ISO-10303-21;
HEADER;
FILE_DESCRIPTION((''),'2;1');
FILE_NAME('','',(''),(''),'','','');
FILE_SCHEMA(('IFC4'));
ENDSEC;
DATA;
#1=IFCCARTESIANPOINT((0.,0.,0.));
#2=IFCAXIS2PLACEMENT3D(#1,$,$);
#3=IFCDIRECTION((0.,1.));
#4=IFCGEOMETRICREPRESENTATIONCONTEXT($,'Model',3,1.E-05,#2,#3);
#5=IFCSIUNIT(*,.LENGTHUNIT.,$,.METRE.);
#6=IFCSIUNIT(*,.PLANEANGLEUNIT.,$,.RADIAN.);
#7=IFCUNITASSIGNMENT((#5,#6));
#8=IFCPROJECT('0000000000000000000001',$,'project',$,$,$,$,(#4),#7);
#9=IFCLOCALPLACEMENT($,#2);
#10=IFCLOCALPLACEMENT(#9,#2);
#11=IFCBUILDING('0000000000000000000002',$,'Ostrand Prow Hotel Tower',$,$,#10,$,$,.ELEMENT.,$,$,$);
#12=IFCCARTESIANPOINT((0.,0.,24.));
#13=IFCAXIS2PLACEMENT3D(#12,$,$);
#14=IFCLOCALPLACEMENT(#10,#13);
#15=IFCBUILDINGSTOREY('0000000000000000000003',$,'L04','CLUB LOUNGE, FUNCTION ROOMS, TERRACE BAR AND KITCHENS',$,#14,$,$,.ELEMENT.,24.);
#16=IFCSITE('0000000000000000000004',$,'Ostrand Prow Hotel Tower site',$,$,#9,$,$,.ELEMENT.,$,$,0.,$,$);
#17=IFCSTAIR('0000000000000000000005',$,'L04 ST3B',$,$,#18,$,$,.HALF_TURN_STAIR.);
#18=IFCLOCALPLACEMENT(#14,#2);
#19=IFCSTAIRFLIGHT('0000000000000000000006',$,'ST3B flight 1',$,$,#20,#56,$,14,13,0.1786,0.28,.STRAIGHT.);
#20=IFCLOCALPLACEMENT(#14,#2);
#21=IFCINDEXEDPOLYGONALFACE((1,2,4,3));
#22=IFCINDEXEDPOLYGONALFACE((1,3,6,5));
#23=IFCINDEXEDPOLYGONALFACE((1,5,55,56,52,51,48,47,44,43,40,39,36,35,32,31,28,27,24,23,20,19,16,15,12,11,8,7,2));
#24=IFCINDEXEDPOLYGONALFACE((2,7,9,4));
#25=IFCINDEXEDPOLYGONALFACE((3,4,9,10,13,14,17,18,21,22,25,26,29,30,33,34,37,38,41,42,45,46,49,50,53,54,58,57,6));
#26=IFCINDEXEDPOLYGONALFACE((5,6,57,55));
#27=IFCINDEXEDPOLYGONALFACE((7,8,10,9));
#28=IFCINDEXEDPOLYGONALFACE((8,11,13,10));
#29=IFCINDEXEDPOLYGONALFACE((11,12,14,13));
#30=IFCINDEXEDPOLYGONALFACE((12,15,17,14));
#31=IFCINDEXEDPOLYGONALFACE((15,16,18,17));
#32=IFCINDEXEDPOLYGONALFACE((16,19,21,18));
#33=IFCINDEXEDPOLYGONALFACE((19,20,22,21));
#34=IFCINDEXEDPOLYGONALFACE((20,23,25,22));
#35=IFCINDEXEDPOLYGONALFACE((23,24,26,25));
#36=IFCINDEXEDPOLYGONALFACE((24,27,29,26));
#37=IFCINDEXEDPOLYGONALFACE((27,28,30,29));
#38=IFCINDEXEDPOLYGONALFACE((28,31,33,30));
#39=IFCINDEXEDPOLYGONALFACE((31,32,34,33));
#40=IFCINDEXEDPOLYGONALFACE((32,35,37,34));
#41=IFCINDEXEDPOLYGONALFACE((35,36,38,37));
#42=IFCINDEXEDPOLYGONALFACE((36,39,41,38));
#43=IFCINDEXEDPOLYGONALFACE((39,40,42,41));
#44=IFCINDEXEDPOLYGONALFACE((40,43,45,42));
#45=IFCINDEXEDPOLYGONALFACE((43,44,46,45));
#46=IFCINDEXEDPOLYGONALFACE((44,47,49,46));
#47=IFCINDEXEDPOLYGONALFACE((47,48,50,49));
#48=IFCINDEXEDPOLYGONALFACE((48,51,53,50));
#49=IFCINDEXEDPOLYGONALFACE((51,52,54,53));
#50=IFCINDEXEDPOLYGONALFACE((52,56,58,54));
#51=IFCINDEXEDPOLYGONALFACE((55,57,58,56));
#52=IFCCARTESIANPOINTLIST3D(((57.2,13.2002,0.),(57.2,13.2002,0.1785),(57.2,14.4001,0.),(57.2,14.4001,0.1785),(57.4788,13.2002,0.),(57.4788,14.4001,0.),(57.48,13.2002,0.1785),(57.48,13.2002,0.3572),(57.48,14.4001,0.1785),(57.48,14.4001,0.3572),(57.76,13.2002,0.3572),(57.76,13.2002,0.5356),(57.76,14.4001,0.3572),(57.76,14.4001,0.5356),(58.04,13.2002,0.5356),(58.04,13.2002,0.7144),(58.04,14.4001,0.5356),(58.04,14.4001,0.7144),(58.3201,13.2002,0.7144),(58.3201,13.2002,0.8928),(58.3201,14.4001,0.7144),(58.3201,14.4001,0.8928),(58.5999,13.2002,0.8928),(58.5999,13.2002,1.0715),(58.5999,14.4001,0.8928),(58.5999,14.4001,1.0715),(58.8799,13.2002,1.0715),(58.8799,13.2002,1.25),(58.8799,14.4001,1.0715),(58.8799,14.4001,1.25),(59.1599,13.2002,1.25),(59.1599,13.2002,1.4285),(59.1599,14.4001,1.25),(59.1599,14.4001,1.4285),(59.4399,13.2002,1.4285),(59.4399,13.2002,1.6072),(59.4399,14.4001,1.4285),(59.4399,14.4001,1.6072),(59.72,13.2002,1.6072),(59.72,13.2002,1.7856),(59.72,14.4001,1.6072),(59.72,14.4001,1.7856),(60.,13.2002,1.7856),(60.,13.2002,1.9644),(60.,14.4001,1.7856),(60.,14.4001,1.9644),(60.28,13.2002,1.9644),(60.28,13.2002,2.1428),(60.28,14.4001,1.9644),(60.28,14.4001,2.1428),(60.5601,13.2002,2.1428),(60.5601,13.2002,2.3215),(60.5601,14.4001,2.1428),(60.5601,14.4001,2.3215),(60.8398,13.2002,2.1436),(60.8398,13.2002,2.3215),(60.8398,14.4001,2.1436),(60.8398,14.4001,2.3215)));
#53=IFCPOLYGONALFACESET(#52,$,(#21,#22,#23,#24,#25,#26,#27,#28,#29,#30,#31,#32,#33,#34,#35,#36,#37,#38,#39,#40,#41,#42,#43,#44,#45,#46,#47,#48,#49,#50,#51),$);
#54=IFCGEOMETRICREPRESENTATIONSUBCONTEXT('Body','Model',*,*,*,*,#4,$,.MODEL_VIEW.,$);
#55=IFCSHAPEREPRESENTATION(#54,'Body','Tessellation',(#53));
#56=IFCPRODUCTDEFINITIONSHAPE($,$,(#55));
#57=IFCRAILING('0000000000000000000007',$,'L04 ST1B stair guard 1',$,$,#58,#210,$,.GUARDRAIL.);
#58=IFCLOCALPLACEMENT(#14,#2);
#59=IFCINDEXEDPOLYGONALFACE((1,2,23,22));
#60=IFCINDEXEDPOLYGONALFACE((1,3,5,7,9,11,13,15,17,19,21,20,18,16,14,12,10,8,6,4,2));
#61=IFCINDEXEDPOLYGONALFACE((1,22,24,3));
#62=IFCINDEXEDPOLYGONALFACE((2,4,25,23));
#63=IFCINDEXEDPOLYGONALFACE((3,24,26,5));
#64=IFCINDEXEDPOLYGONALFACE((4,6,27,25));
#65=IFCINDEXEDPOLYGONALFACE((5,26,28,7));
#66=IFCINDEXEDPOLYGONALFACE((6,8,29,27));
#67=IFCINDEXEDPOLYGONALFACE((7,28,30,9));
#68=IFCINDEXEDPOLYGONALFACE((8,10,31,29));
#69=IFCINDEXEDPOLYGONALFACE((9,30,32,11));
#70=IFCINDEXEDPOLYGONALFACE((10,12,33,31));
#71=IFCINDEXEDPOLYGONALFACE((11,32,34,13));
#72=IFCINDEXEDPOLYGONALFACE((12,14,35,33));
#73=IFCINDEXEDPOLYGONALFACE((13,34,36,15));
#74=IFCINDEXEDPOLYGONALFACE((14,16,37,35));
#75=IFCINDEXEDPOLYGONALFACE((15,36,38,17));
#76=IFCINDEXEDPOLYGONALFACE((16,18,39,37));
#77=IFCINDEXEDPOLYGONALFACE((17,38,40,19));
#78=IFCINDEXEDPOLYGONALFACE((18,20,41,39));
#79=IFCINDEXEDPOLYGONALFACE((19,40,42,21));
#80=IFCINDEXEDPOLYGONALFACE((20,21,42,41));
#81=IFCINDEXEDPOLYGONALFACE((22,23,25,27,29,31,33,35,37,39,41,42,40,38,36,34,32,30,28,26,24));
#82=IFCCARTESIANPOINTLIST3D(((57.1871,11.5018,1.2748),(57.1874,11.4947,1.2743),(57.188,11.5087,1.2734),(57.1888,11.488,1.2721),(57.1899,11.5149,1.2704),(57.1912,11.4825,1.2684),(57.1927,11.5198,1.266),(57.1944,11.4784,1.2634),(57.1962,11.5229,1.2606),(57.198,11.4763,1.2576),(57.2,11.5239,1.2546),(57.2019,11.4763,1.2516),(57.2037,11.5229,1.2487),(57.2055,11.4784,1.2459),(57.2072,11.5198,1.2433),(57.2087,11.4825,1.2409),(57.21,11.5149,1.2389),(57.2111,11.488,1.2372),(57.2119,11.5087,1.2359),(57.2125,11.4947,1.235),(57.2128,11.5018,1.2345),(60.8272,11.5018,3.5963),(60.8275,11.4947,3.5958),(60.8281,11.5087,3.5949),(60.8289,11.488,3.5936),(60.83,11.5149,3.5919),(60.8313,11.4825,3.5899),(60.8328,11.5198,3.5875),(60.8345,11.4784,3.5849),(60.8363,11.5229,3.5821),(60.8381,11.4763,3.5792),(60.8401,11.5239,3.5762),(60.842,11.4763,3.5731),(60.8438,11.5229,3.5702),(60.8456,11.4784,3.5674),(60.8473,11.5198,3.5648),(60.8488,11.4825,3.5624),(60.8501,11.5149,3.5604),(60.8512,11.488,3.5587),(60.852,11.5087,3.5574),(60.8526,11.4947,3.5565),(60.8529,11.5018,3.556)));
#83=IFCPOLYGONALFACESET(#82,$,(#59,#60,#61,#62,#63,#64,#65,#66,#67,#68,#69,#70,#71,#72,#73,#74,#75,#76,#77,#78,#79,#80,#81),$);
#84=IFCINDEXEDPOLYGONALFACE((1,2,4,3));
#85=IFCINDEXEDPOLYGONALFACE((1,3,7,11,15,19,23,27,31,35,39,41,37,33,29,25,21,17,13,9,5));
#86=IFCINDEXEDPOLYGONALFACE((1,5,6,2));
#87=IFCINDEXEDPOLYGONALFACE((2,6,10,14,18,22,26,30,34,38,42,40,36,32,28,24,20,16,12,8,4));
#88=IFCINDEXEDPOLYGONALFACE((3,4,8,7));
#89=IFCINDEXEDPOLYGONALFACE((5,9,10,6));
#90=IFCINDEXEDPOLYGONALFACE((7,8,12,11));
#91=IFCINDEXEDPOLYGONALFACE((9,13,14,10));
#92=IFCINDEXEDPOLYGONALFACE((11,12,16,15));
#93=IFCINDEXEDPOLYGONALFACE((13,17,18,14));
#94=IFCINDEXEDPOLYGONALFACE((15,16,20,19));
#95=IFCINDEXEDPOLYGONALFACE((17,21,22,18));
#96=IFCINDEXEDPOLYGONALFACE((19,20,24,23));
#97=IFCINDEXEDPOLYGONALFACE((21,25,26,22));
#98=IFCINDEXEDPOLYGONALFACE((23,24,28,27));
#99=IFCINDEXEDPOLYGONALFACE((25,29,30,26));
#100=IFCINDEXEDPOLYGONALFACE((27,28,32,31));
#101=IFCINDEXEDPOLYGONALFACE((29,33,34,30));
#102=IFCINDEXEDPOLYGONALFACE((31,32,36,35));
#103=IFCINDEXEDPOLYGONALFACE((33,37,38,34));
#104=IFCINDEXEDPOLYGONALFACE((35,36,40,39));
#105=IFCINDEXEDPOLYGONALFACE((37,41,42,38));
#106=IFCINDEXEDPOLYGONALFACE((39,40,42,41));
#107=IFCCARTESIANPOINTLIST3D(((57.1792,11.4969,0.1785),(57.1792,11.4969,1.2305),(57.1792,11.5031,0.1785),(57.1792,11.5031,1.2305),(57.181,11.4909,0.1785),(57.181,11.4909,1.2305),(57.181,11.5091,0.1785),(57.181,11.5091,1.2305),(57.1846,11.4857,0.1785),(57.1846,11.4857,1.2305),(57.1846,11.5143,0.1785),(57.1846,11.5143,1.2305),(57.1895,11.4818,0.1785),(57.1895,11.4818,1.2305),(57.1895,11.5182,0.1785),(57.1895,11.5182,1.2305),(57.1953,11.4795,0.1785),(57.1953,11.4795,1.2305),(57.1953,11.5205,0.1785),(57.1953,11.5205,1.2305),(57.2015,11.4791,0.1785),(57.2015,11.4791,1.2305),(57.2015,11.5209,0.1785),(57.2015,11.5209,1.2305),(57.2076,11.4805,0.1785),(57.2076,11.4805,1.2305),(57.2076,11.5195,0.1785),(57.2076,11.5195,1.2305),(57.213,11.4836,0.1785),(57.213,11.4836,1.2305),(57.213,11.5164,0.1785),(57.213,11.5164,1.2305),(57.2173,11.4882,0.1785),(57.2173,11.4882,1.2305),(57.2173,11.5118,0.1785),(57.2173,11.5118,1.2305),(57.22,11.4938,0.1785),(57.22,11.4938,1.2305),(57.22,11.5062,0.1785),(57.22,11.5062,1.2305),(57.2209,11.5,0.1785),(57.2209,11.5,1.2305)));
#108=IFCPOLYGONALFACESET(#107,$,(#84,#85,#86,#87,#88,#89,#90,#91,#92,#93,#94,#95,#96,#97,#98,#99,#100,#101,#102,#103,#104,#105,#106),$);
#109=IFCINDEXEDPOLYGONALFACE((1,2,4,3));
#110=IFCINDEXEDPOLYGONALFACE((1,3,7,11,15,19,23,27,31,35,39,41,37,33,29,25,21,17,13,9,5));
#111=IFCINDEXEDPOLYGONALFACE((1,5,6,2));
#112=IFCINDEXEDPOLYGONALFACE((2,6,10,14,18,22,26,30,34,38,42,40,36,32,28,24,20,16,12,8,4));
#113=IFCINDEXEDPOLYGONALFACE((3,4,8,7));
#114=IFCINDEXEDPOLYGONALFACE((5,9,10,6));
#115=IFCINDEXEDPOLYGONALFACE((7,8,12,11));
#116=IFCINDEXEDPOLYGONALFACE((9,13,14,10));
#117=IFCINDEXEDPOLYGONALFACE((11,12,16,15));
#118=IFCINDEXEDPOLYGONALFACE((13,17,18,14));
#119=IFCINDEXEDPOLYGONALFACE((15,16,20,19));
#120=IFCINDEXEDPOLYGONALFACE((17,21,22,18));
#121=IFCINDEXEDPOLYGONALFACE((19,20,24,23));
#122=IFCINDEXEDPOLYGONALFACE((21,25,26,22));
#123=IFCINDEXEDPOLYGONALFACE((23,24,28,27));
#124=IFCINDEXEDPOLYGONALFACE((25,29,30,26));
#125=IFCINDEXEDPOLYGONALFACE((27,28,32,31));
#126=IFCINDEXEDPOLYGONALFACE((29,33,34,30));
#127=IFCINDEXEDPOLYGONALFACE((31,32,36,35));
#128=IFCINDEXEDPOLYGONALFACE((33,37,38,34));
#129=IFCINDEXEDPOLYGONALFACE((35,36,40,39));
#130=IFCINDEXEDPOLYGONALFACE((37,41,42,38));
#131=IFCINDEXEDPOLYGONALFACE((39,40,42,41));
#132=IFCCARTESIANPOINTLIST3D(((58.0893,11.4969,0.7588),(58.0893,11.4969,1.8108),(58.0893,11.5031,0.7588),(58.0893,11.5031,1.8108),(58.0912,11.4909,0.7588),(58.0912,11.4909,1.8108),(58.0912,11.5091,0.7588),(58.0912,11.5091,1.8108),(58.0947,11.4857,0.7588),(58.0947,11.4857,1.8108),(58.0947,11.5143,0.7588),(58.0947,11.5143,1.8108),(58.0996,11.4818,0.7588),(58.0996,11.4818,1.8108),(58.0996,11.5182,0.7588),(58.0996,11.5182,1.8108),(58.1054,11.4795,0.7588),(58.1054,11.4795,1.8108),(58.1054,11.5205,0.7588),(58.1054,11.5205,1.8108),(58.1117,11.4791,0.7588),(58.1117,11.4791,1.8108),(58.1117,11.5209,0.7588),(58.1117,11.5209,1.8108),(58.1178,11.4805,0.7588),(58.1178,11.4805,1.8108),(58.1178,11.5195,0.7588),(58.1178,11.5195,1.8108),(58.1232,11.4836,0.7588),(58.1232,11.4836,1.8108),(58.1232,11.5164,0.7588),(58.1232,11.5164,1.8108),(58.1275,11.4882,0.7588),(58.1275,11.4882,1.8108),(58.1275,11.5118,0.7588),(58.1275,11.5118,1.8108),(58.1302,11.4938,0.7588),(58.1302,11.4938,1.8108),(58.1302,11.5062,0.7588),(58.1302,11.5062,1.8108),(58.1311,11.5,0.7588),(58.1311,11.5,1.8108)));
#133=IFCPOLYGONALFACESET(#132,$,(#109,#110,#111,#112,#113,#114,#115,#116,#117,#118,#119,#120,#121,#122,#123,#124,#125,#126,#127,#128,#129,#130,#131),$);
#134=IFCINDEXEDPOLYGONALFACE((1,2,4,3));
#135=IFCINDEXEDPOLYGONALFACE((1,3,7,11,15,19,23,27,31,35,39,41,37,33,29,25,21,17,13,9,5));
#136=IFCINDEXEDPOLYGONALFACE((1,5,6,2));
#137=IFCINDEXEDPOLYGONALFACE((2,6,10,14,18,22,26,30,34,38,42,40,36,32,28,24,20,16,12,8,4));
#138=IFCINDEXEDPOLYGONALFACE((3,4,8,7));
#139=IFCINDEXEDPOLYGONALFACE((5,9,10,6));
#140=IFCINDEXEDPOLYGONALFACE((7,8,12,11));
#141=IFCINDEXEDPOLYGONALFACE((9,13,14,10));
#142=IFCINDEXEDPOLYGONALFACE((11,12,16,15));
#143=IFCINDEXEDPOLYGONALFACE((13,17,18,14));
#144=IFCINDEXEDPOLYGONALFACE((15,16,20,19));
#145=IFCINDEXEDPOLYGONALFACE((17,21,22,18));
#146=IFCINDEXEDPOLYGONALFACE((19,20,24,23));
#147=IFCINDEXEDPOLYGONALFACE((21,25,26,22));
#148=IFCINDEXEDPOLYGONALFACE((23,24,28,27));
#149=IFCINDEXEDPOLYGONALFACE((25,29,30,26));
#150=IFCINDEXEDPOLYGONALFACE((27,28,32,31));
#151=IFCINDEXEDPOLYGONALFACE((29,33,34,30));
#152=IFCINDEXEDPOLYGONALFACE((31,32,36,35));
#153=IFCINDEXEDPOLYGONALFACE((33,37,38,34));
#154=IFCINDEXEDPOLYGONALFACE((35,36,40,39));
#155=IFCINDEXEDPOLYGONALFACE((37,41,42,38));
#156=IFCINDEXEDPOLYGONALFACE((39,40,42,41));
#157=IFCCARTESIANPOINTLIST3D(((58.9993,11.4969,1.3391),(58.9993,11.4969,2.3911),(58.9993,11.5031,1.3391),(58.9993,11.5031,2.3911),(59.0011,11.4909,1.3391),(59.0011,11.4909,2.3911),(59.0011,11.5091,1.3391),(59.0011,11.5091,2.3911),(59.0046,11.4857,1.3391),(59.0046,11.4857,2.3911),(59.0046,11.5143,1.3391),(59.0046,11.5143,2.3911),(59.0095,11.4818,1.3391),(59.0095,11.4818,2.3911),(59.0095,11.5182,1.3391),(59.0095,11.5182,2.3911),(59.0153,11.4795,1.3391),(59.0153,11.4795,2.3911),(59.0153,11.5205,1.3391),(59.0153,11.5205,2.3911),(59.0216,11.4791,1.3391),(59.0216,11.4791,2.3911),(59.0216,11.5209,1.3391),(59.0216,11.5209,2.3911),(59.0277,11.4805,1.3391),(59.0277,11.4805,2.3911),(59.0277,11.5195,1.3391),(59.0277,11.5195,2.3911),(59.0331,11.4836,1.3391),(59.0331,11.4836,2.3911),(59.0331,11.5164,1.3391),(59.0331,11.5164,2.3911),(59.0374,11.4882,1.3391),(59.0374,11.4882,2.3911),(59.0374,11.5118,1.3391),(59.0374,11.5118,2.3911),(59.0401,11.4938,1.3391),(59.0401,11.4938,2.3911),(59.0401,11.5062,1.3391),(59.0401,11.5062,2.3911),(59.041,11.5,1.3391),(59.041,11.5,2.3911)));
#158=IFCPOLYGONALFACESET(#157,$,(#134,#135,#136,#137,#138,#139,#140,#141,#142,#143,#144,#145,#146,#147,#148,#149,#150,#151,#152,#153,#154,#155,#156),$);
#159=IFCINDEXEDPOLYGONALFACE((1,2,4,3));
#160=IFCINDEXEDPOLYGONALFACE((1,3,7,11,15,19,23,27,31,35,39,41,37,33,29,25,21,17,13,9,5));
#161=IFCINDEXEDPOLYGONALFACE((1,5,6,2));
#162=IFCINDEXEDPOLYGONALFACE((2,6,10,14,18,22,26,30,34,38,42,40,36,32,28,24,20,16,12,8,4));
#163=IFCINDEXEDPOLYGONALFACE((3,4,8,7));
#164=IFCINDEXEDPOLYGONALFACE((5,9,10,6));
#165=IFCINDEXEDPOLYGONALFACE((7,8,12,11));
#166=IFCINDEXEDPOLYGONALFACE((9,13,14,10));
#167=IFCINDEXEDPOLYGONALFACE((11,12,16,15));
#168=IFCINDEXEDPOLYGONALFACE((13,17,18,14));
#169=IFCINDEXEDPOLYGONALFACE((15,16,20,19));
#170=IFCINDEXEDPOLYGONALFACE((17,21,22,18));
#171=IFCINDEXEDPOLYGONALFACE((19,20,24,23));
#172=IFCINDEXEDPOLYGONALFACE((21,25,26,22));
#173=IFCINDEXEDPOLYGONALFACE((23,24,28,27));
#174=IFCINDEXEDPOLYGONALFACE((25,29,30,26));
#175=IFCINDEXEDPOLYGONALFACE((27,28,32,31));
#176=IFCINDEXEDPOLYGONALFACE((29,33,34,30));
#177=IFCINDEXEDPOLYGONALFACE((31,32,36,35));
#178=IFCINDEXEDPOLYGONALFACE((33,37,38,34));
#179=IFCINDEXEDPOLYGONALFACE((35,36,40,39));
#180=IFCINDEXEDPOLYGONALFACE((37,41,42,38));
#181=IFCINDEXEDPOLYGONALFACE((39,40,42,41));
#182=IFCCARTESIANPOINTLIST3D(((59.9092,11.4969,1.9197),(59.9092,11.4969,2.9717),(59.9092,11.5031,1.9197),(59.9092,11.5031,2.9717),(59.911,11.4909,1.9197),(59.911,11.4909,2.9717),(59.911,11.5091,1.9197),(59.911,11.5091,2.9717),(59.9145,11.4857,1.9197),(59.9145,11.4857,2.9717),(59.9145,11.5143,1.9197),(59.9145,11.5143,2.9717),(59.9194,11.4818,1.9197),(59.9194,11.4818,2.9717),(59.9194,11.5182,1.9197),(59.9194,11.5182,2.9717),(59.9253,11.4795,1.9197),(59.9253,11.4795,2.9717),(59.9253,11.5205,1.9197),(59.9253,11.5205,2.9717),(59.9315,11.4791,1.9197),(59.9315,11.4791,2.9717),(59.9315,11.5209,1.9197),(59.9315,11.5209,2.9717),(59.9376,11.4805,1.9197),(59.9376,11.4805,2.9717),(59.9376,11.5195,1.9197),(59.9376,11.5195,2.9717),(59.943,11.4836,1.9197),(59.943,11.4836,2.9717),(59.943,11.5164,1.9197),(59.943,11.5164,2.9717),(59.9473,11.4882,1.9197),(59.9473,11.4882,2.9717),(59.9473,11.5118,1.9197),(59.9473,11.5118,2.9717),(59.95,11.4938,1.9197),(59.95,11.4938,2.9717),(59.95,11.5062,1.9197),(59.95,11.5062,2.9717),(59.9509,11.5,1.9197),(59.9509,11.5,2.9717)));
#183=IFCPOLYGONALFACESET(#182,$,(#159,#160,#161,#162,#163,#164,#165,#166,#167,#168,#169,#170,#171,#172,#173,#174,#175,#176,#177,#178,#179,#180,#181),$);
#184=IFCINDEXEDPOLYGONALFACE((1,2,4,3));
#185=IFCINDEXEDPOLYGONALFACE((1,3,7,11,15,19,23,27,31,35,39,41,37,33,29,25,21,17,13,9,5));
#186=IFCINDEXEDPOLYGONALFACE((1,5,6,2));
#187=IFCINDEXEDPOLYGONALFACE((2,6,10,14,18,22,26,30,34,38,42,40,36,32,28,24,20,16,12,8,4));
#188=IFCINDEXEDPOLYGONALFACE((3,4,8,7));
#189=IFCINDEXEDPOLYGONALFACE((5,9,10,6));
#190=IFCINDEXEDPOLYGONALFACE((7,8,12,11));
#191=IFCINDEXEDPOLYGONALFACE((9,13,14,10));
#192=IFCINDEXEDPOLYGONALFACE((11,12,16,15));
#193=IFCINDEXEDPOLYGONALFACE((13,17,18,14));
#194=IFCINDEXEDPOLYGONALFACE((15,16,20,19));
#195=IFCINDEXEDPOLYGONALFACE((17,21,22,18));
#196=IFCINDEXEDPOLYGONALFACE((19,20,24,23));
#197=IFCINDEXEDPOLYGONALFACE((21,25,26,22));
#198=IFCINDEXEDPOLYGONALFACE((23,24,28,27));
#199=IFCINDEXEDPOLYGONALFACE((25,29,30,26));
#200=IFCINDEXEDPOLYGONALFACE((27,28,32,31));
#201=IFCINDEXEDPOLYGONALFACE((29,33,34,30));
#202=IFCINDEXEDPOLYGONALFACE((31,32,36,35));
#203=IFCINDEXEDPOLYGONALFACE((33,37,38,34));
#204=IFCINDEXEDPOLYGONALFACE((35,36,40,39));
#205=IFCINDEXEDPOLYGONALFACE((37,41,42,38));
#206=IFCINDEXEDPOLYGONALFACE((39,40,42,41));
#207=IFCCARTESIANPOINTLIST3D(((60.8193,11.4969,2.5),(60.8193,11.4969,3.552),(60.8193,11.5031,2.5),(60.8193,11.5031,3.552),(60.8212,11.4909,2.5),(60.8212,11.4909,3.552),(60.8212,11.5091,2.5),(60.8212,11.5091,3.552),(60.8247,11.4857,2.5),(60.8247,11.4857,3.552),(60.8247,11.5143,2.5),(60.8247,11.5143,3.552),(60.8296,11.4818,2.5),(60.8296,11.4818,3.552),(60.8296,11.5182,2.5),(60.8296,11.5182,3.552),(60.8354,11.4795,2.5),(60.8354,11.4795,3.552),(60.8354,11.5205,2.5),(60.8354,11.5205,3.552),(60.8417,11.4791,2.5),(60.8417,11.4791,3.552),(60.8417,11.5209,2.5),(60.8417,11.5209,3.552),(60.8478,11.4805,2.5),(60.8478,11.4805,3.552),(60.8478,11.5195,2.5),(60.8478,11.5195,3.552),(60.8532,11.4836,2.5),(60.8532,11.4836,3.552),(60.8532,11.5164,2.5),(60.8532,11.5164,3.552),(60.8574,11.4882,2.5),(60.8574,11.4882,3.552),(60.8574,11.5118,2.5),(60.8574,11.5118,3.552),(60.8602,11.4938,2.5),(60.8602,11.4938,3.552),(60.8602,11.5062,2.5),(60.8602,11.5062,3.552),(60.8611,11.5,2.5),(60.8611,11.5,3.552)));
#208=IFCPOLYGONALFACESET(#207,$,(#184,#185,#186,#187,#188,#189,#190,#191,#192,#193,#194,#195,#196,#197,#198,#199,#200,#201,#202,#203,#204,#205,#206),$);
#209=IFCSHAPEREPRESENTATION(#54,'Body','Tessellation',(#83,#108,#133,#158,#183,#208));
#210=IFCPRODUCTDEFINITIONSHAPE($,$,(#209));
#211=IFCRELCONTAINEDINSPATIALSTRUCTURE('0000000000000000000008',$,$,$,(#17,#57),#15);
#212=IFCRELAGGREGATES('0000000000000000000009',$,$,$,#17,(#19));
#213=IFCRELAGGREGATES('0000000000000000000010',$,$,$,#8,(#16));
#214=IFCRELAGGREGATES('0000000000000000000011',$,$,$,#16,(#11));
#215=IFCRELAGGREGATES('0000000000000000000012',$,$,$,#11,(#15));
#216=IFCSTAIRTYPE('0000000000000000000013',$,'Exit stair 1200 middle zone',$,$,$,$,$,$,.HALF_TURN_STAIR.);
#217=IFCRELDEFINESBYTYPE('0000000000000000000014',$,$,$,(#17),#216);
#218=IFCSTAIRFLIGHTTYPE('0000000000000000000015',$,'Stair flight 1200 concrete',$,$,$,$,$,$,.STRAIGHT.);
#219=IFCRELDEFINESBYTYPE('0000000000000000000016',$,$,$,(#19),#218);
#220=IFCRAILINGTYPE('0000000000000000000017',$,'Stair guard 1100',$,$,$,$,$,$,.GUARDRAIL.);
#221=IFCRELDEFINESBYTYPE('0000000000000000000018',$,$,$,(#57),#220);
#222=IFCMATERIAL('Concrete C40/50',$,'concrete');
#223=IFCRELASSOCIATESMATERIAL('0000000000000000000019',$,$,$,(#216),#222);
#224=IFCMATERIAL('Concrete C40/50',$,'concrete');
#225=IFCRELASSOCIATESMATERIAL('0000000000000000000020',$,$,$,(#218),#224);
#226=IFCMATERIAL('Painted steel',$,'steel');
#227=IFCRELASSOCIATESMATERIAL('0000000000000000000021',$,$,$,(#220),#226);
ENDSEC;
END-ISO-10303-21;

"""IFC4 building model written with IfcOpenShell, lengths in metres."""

from ifc_helpers import new_model, si_unit, direction, frame, origin, origin_2d, place, context, subcontext, project, spatial, polyline, circle, outline, extrude, material, type_object, element, aggregate, save


model = new_model("IFC4")

# Units and contexts
model_context = context("Model", 3, precision=1e-05, world=origin(), true_north=direction((0.0, 1.0)))
body_context = subcontext(model_context, "Body", "Model", "MODEL_VIEW")
ifc_project = project(units=[si_unit("LENGTHUNIT", "METRE"), si_unit("PLANEANGLEUNIT", "RADIAN")], contexts=[model_context])

# Site, building, storey
site_placement = place(None, origin())
site = spatial("IfcSite", under=ifc_project, at=site_placement, Name="Ostrand Prow Hotel Tower site", CompositionType="ELEMENT", RefElevation=0.0)
building_placement = place(site_placement, origin())
building = spatial("IfcBuilding", under=site, at=building_placement, Name="Ostrand Prow Hotel Tower", CompositionType="ELEMENT")
storey_placement = place(building_placement, frame((0.0, 0.0, 24.0)))
storey = spatial("IfcBuildingStorey", under=building, at=storey_placement, Name="L04", Description="CLUB LOUNGE, FUNCTION ROOMS, TERRACE BAR AND KITCHENS", CompositionType="ELEMENT", Elevation=24.0)

# Stair, stair flight
ifc_material_1 = material(Name="Concrete C40/50", Category="concrete")
stair_type = type_object("IfcStairType", Name="Exit stair 1200 middle zone", PredefinedType="HALF_TURN_STAIR", material=ifc_material_1)
ifc_material_2 = material(Name="Concrete C40/50", Category="concrete")
stair_flight_type = type_object("IfcStairFlightType", Name="Stair flight 1200 concrete", PredefinedType="STRAIGHT", material=ifc_material_2)
stair_1_placement = place(storey_placement, origin())
stair_1 = element("IfcStair", 1, at=stair_1_placement, inside=storey, type_object=stair_type, Name="L04 ST3B", PredefinedType="HALF_TURN_STAIR")
stair_flight_1_placement = place(storey_placement, frame((57.2, 13.8, 0.0), z_axis=(0.0, 0.0, 1.0), x_axis=(1.0, 0.0, 0.0)))
stair_flight_1 = element("IfcStairFlight", 2, at=stair_flight_1_placement, type_object=stair_flight_type, Name="ST3B flight 1", NumberOfRisers=14, NumberOfTreads=13, PredefinedType="STRAIGHT", RiserHeight=0.1786, TreadLength=0.28, context=body_context, shape_type="SweptSolid", body=[
    extrude(outline(polyline([(0.0, 0.0), (0.0, 0.1785), (0.28, 0.1785), (0.28, 0.3572), (0.5601, 0.3572), (0.5601, 0.5356), (0.8401, 0.5356), (0.8401, 0.7144), (1.1201, 0.7144), (1.1201, 0.8928), (1.3999, 0.8928), (1.3999, 1.0715), (1.6799, 1.0715), (1.6799, 1.25), (1.96, 1.25), (1.96, 1.4285), (2.24, 1.4285), (2.24, 1.6072), (2.52, 1.6072), (2.52, 1.7856), (2.8, 1.7856), (2.8, 1.9644), (3.0801, 1.9644), (3.0801, 2.1428), (3.3601, 2.1428), (3.3601, 2.3215), (3.6399, 2.3215), (3.6399, 2.5), (3.6399, 2.1436), (0.2788, 0.0), (0.0, 0.0)])), frame((0.0, 0.6001, 0.0), z_axis=(0.0, -1.0, 0.0), x_axis=(1.0, 0.0, 0.0)), (0.0, 0.0, 1.0), 1.2),
])
aggregate(stair_1, [stair_flight_1])

# Railing
ifc_material_3 = material(Name="Painted steel", Category="steel")
railing_type_1 = type_object("IfcRailingType", Name="Stair guard 1100", PredefinedType="GUARDRAIL", material=ifc_material_3)
railing_1_placement = place(storey_placement, frame((57.2, 11.5, 0.1785)))
element("IfcRailing", 3, at=railing_1_placement, inside=storey, type_object=railing_type_1, Name="L04 ST1B stair guard 1", PredefinedType="GUARDRAIL", context=body_context, shape_type="SweptSolid", body=[
    extrude(circle(Radius=0.0239, at=origin_2d()), frame((0.0, 0.0, 1.0762), z_axis=(0.843128, 0.0, 0.537713), x_axis=(0.0, 1.0, 0.0)), (0.0, 0.0, 1.0), 4.3174),
    extrude(circle(Radius=0.021, at=origin_2d()), origin(), (0.0, 0.0, 1.0), 1.052),
    extrude(circle(Radius=0.021, at=origin_2d()), frame((0.9102, 0.0, 0.5803)), (0.0, 0.0, 1.0), 1.052),
    extrude(circle(Radius=0.021, at=origin_2d()), frame((1.8201, 0.0, 1.1606)), (0.0, 0.0, 1.0), 1.052),
    extrude(circle(Radius=0.021, at=origin_2d()), frame((2.73, 0.0, 1.7412)), (0.0, 0.0, 1.0), 1.052),
    extrude(circle(Radius=0.021, at=origin_2d()), frame((3.6401, 0.0, 2.3215)), (0.0, 0.0, 1.0), 1.052),
])

save(model, "model.ifc")
